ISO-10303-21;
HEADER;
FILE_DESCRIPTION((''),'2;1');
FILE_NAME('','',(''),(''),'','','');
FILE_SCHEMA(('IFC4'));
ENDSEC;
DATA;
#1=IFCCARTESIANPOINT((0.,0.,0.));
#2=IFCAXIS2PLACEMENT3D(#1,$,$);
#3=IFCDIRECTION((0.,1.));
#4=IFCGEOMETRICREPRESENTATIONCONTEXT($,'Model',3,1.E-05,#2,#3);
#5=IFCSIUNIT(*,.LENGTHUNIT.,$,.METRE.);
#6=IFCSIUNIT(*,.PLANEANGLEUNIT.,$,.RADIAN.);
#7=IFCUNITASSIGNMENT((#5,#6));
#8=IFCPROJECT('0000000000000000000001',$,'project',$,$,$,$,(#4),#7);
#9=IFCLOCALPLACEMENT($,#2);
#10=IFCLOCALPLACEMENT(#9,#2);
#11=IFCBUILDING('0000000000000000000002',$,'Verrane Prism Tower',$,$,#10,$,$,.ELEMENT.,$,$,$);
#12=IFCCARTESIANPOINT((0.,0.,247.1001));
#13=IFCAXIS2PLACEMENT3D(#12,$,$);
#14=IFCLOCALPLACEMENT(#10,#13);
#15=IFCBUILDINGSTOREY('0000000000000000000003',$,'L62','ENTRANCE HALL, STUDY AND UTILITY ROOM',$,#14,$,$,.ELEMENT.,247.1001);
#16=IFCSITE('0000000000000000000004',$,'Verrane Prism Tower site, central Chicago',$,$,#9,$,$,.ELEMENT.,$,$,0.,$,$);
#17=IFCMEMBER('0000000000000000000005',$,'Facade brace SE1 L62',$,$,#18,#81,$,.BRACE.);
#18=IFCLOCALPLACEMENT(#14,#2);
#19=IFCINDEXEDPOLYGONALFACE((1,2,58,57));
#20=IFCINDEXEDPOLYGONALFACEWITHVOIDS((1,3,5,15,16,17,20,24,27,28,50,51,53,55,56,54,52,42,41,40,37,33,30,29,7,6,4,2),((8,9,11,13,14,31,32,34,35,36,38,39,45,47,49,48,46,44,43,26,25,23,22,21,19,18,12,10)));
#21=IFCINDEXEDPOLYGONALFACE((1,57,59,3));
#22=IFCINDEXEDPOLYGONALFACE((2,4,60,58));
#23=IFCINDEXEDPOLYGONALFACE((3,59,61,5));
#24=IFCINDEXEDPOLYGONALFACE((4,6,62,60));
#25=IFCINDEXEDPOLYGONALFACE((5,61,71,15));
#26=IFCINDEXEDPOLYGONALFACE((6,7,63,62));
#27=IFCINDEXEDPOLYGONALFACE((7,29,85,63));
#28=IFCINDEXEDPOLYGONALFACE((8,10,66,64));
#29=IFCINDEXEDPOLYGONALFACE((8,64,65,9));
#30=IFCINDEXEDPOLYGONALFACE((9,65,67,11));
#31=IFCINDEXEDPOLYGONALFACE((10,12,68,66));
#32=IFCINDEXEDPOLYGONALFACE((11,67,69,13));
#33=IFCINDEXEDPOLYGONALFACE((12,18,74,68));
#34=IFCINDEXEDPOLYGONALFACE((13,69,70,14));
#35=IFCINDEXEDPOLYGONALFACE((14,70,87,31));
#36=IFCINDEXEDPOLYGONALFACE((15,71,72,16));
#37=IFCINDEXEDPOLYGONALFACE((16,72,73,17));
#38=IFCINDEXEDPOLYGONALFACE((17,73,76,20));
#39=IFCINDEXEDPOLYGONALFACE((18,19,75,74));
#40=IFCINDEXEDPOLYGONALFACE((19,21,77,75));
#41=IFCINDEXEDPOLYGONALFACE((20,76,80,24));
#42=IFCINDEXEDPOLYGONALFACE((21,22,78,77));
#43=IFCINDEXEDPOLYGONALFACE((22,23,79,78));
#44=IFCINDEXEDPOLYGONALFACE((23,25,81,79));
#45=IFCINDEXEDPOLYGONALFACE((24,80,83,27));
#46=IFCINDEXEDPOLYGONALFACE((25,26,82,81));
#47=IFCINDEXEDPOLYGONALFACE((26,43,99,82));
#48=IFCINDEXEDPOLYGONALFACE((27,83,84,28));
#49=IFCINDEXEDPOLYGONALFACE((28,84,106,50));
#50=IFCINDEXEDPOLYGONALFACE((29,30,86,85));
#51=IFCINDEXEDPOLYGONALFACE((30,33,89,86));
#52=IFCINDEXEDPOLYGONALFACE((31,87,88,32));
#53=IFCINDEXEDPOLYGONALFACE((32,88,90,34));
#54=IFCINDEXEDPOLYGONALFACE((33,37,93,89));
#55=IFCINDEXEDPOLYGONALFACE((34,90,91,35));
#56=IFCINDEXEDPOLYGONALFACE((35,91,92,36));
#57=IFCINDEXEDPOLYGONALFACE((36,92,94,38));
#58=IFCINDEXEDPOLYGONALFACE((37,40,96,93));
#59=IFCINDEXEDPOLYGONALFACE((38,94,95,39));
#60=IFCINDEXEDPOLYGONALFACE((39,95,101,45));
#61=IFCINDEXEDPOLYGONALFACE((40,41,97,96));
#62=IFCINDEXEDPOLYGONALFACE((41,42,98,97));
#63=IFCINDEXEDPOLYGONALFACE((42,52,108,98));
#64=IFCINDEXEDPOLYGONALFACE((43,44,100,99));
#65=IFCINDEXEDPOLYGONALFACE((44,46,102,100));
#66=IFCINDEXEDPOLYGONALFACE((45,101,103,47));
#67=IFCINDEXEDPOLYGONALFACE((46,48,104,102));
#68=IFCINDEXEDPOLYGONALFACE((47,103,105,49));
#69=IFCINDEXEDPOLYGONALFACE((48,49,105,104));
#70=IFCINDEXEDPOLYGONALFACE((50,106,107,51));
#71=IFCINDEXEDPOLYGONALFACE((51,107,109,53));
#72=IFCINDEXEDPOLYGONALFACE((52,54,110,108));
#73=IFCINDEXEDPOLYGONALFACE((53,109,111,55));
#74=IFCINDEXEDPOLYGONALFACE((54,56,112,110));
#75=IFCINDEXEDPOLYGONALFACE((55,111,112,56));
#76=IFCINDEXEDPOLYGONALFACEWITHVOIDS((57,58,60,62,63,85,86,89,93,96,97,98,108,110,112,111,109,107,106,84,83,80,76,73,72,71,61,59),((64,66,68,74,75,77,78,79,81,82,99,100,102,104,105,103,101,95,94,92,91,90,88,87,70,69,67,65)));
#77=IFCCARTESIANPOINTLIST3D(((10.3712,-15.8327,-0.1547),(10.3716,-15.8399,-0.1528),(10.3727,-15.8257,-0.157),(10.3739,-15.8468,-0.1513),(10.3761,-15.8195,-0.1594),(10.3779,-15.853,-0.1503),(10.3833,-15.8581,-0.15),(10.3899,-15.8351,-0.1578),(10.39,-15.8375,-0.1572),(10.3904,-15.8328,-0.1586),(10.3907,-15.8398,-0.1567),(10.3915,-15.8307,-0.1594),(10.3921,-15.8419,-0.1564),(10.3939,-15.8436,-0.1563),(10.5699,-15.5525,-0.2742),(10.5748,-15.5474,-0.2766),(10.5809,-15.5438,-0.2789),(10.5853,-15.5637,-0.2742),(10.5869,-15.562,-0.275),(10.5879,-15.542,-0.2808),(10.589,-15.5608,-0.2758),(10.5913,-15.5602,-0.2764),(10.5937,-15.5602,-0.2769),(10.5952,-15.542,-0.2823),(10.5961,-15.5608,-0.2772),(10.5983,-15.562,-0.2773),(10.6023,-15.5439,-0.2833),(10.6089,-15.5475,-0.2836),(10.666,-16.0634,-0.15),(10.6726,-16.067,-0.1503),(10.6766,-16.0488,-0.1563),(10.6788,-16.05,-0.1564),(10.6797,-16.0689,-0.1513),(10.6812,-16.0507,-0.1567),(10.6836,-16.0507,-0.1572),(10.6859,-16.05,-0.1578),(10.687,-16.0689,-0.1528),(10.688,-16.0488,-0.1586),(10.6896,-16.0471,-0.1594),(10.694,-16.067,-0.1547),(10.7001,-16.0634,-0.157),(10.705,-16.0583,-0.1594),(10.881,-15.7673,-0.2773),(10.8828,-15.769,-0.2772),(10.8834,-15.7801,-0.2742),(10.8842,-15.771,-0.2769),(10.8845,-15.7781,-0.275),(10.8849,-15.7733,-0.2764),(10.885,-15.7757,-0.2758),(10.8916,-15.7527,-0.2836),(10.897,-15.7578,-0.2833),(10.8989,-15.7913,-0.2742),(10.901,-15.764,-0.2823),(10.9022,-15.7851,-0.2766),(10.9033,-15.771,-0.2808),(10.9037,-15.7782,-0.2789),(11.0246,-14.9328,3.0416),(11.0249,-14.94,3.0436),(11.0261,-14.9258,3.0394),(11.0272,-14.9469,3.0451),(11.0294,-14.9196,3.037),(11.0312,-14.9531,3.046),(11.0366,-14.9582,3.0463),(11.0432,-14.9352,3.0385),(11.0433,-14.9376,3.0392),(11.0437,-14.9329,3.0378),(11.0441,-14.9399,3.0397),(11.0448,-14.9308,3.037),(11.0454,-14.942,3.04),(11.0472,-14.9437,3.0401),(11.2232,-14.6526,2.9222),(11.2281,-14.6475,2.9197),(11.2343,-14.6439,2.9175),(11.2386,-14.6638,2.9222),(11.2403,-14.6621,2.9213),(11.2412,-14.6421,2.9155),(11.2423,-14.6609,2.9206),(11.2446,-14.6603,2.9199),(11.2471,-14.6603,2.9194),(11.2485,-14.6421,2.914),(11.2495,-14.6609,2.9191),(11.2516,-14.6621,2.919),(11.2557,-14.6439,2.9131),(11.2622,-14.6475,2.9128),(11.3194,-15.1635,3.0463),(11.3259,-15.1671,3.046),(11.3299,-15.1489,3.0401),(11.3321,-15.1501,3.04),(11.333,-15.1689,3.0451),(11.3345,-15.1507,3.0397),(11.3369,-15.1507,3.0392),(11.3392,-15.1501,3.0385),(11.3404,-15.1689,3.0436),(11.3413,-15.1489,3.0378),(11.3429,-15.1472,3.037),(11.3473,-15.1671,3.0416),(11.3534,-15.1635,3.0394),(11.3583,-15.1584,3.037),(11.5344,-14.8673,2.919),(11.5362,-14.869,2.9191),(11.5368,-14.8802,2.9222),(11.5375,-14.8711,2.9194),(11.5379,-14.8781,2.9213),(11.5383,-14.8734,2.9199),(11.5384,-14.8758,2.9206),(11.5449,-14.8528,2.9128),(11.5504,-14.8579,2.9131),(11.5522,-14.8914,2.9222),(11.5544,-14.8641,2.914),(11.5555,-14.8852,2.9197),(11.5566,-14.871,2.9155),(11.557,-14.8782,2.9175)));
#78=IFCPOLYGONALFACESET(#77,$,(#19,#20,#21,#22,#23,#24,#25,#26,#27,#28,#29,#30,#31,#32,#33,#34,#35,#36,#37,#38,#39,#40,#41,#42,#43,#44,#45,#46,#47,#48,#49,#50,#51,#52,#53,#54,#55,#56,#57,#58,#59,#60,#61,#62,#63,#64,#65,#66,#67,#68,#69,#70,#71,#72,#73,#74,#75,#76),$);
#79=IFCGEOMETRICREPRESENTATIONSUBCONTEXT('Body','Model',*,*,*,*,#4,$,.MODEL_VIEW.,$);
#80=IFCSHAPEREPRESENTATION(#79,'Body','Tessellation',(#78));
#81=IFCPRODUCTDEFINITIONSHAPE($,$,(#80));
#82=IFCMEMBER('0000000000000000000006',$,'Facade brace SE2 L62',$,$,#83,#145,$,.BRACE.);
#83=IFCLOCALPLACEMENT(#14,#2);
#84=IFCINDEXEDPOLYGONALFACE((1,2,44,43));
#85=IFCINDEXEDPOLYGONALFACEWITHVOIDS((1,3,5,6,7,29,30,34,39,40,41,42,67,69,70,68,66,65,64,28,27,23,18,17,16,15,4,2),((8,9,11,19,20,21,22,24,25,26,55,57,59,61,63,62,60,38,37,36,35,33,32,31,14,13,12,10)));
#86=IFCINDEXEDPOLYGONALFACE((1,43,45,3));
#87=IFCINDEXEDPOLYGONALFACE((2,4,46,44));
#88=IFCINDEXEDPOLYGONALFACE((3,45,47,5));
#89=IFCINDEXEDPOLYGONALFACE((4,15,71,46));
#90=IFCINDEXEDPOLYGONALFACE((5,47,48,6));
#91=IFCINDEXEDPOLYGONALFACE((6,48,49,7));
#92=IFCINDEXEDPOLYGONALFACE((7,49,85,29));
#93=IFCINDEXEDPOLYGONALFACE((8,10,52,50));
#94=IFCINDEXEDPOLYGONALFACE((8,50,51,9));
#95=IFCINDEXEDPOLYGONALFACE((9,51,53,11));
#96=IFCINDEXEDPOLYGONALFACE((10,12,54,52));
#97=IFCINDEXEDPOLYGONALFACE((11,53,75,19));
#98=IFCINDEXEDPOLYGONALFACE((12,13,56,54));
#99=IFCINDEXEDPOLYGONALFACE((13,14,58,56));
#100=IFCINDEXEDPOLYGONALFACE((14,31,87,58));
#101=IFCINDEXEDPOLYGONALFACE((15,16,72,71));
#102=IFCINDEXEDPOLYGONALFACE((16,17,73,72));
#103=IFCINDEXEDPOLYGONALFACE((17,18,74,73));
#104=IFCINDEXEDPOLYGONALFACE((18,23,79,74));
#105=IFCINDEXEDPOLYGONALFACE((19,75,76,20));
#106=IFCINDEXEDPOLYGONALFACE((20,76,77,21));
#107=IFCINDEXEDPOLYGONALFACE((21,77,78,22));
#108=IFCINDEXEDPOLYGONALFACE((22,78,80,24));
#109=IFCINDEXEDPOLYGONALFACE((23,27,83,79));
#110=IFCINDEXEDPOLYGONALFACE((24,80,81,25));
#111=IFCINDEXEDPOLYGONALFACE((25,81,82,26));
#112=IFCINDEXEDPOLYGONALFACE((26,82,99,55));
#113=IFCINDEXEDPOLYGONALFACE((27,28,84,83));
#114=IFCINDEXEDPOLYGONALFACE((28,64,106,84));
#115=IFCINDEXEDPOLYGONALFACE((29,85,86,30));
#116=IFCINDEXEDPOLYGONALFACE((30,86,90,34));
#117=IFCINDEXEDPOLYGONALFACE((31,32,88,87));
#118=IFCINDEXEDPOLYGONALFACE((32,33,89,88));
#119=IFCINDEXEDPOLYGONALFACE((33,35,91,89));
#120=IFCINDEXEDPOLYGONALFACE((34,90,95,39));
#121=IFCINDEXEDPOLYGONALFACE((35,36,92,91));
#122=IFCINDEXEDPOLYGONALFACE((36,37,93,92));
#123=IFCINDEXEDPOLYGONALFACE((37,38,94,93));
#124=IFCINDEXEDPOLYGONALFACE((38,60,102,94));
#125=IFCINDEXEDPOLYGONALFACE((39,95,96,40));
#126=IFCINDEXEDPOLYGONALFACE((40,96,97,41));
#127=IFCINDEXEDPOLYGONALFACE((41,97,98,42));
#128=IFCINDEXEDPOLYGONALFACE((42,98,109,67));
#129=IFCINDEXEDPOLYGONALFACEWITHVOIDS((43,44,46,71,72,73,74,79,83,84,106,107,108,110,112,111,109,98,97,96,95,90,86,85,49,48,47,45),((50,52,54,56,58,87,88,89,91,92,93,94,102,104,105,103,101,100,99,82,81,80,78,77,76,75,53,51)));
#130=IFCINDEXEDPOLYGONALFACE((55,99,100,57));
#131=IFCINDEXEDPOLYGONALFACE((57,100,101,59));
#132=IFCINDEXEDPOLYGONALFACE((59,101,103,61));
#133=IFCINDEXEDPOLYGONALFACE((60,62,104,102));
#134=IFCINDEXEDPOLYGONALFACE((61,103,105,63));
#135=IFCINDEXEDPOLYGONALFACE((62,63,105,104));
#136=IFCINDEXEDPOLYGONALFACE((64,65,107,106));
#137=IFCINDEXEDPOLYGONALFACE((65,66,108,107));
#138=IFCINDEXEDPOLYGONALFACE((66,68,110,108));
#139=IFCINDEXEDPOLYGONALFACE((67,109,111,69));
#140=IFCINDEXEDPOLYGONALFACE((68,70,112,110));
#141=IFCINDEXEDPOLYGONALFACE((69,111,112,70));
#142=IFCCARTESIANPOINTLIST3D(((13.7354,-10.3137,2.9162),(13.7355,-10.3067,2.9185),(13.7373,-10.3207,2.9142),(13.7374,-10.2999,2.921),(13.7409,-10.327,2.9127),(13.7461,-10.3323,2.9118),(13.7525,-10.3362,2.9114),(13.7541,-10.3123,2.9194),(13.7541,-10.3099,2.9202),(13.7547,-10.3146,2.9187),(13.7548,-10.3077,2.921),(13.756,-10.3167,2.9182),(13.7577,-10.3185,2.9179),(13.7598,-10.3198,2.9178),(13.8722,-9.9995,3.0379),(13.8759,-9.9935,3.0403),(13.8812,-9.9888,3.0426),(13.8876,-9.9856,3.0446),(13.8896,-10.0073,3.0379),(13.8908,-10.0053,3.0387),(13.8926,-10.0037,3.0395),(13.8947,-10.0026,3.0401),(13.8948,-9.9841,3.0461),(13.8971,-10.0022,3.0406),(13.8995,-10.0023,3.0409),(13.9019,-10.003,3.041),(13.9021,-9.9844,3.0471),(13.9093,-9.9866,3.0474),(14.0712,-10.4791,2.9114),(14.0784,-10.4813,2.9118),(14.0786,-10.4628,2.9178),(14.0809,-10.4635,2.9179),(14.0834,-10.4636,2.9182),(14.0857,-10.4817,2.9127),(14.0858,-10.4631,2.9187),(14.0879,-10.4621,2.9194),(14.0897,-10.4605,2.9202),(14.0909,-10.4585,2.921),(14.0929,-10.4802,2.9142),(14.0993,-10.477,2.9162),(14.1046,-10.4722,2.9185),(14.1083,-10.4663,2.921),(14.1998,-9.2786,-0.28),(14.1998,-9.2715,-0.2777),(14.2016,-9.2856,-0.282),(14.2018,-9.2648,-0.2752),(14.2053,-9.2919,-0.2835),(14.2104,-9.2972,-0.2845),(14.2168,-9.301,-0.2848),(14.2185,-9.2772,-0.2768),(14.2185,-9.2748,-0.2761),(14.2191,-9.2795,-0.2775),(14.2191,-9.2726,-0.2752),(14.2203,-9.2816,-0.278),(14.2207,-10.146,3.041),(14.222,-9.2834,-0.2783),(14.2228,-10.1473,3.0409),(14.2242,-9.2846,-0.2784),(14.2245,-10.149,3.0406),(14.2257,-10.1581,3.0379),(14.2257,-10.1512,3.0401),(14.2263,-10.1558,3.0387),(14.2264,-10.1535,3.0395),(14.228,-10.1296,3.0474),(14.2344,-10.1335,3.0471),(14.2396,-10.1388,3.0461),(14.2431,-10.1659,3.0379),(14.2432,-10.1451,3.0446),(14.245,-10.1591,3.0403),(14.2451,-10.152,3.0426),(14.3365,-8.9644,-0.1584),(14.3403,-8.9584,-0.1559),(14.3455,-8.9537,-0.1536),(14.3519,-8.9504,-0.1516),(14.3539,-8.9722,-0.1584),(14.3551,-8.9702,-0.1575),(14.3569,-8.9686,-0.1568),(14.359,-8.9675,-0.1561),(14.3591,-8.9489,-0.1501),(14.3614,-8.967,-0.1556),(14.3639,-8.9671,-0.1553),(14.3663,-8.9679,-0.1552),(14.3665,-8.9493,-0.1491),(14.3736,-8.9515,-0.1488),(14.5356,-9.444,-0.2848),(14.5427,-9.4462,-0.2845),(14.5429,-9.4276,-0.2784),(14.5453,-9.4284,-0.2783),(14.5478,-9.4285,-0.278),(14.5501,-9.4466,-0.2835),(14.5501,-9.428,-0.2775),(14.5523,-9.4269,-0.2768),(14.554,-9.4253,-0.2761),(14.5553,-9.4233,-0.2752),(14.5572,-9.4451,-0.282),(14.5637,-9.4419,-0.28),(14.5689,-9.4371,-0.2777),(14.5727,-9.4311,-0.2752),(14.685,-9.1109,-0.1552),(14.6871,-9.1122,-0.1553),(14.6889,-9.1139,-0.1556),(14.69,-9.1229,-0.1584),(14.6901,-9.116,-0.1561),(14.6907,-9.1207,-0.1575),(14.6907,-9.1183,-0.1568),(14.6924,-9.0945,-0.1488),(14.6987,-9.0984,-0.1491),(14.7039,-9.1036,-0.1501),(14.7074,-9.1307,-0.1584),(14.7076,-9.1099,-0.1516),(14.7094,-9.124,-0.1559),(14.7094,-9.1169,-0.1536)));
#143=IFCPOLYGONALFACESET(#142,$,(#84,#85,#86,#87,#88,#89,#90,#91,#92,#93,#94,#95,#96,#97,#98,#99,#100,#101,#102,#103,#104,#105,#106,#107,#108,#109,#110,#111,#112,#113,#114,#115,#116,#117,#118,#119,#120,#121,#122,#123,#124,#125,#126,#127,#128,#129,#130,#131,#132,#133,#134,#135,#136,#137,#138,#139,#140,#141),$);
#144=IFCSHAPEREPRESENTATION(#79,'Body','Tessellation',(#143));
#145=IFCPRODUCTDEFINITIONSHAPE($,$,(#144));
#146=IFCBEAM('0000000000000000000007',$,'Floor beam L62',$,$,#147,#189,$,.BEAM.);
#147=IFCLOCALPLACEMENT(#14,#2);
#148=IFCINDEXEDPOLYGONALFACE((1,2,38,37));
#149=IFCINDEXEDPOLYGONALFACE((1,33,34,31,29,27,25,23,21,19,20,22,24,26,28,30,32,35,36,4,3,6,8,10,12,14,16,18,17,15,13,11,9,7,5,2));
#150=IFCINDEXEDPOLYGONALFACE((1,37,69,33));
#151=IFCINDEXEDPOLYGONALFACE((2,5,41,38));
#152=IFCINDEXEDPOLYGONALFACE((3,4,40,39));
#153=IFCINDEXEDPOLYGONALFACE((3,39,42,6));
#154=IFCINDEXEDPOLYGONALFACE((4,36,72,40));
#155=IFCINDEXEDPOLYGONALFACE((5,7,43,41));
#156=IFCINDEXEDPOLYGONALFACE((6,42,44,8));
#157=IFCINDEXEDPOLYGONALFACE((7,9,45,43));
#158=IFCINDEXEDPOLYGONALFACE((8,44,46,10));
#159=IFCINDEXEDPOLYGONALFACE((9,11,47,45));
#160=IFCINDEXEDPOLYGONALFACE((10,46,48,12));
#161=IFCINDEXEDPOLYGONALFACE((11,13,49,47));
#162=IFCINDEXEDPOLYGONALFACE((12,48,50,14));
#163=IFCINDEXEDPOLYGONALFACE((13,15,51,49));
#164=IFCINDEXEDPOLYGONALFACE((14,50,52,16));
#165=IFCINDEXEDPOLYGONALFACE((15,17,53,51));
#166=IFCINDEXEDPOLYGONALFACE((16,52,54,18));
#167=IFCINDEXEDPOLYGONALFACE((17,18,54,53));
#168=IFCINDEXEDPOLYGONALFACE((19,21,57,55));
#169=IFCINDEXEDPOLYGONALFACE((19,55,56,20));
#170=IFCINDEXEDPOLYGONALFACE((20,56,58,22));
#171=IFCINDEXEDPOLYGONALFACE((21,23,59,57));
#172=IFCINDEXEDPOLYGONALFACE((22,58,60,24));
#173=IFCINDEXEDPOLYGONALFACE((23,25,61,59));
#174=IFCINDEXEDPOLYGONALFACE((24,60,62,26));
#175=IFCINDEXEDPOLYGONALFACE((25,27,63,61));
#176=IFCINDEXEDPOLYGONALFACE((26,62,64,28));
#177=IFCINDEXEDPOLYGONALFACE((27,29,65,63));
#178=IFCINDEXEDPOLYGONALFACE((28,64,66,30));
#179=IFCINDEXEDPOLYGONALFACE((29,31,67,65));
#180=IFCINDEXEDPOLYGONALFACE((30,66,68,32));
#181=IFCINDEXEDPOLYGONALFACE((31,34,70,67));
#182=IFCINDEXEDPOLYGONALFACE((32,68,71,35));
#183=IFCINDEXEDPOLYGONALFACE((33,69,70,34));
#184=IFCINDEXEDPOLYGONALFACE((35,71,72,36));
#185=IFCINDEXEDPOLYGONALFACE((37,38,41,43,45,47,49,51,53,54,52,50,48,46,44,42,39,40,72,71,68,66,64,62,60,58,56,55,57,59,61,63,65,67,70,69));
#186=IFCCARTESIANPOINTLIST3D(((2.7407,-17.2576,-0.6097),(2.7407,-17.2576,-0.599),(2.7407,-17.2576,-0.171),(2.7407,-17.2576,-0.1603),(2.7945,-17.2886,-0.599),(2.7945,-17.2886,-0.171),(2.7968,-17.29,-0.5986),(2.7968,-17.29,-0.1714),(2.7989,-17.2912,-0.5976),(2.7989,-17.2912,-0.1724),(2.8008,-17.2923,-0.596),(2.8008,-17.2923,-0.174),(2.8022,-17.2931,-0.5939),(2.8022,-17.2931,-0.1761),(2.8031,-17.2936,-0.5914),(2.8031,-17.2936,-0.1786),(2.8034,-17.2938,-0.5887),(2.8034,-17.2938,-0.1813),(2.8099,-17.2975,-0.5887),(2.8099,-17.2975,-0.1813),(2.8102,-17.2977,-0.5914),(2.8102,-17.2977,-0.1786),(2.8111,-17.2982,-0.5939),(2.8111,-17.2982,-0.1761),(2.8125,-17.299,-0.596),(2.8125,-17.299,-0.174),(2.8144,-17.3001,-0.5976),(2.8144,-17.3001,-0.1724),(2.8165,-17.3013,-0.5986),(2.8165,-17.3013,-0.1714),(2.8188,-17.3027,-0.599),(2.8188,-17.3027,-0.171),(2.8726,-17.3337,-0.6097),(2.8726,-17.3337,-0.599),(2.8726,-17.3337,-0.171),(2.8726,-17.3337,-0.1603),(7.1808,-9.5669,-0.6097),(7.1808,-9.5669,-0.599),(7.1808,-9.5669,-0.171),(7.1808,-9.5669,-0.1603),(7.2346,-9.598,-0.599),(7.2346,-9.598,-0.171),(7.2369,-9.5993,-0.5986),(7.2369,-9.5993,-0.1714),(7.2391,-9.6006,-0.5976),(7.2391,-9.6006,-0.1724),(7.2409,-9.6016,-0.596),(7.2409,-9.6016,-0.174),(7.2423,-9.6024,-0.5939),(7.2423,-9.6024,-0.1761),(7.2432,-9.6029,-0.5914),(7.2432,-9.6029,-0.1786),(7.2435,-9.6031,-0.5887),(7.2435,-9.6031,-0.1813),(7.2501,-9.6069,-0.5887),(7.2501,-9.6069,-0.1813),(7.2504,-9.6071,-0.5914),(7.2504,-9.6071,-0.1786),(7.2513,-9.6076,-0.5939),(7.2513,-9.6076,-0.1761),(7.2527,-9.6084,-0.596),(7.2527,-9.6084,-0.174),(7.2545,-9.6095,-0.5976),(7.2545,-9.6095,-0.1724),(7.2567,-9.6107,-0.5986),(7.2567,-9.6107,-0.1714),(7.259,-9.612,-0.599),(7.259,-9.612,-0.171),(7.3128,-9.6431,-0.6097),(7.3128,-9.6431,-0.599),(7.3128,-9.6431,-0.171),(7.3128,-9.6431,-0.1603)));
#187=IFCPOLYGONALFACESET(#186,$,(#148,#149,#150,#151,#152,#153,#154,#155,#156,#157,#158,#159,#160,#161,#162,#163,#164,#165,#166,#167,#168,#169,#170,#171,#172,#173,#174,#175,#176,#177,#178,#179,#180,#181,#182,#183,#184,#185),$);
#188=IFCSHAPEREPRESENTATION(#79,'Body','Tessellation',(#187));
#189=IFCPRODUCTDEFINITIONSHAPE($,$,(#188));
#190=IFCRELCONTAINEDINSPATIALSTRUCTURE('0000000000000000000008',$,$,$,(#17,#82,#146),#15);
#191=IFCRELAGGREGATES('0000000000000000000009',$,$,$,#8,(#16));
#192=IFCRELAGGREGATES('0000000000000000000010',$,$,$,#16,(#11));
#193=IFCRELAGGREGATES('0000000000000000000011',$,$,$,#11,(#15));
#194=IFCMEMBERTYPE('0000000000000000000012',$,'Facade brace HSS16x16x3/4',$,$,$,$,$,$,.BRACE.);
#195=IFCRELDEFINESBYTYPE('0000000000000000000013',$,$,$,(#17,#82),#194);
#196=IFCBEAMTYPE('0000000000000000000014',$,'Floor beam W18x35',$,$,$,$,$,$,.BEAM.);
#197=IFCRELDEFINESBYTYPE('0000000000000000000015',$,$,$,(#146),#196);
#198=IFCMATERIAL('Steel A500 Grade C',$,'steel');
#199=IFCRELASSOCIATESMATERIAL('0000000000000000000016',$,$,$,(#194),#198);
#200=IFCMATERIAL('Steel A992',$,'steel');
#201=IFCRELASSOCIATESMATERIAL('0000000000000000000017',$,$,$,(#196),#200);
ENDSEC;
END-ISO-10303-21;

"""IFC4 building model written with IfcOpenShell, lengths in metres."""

from ifc_helpers import new_model, si_unit, direction, frame, origin, origin_2d, place, context, subcontext, project, spatial, hollow_rectangle, i_section, extrude, material, material_profile, profile_set, type_object, element, save


model = new_model("IFC4")

# Units and contexts
model_context = context("Model", 3, precision=1e-05, world=origin(), true_north=direction((0.0, 1.0)))
body_context = subcontext(model_context, "Body", "Model", "MODEL_VIEW")
ifc_project = project(units=[si_unit("LENGTHUNIT", "METRE"), si_unit("PLANEANGLEUNIT", "RADIAN")], contexts=[model_context])

# Site, building, storey
site_placement = place(None, origin())
site = spatial("IfcSite", under=ifc_project, at=site_placement, Name="Verrane Prism Tower site, central Chicago", CompositionType="ELEMENT", RefElevation=0.0)
building_placement = place(site_placement, origin())
building = spatial("IfcBuilding", under=site, at=building_placement, Name="Verrane Prism Tower", CompositionType="ELEMENT")
storey_placement = place(building_placement, frame((0.0, 0.0, 247.1001)))
storey = spatial("IfcBuildingStorey", under=building, at=storey_placement, Name="L62", Description="ENTRANCE HALL, STUDY AND UTILITY ROOM", CompositionType="ELEMENT", Elevation=247.1001)

# Members
ifc_material_1 = material(Name="Steel A500 Grade C", Category="steel")
ifc_material_profile_1 = material_profile(ifc_material_1, hollow_rectangle(XDim=0.4065, YDim=0.4065, WallThickness=0.019, InnerFilletRadius=0.0095, OuterFilletRadius=0.0286, at=origin_2d()), Name="HSS16x16x3/4")
ifc_profile_set_1 = profile_set([ifc_material_profile_1], Name="Steel A500 Grade C")
member_type_1 = type_object("IfcMemberType", Name="Facade brace HSS16x16x3/4", PredefinedType="BRACE", material=ifc_profile_set_1)
member_1_placement = place(storey_placement, frame((10.6375, -15.8054, -0.2168), z_axis=(0.193049, 0.265912, 0.94447), x_axis=(-0.809229, 0.587493, 0.0)))
element("IfcMember", 1, at=member_1_placement, inside=storey, type_object=member_type_1, Name="Facade brace SE1 L62", PredefinedType="BRACE", context=body_context, shape_type="SweptSolid", body=[
    extrude(hollow_rectangle(XDim=0.4065, YDim=0.4065, WallThickness=0.019, InnerFilletRadius=0.0095, OuterFilletRadius=0.0286, at=origin_2d()), origin(), (0.0, 0.0, 1.0), 3.3843),
])
member_2_placement = place(storey_placement, frame((14.4546, -9.1978, -0.2168), z_axis=(-0.13691, -0.305205, 0.942393), x_axis=(0.912404, -0.409291, 0.0)))
element("IfcMember", 2, at=member_2_placement, inside=storey, type_object=member_type_1, Name="Facade brace SE2 L62", PredefinedType="BRACE", context=body_context, shape_type="SweptSolid", body=[
    extrude(hollow_rectangle(XDim=0.4065, YDim=0.4065, WallThickness=0.019, InnerFilletRadius=0.0095, OuterFilletRadius=0.0286, at=origin_2d()), origin(), (0.0, 0.0, 1.0), 3.3916),
])

# Beam
ifc_material_2 = material(Name="Steel A992", Category="steel")
ifc_material_profile_2 = material_profile(ifc_material_2, i_section(OverallWidth=0.1523, OverallDepth=0.4495, WebThickness=0.0076, FlangeThickness=0.0107, FilletRadius=0.0103, at=origin_2d()), Name="W18x35")
ifc_profile_set_2 = profile_set([ifc_material_profile_2], Name="Steel A992")
beam_type_1 = type_object("IfcBeamType", Name="Floor beam W18x35", PredefinedType="BEAM", material=ifc_profile_set_2)
beam_1_placement = place(storey_placement, frame((2.8066, -17.2957, -0.385), z_axis=(0.499998, 0.866027, 0.0), x_axis=(-0.866027, 0.499998, 0.0)))
element("IfcBeam", 3, at=beam_1_placement, inside=storey, type_object=beam_type_1, Name="Floor beam L62", PredefinedType="BEAM", context=body_context, shape_type="SweptSolid", body=[
    extrude(i_section(OverallWidth=0.1523, OverallDepth=0.4495, WebThickness=0.0076, FlangeThickness=0.0107, FilletRadius=0.0103, at=origin_2d()), origin(), (0.0, 0.0, 1.0), 8.8804),
])

save(model, "model.ifc")
